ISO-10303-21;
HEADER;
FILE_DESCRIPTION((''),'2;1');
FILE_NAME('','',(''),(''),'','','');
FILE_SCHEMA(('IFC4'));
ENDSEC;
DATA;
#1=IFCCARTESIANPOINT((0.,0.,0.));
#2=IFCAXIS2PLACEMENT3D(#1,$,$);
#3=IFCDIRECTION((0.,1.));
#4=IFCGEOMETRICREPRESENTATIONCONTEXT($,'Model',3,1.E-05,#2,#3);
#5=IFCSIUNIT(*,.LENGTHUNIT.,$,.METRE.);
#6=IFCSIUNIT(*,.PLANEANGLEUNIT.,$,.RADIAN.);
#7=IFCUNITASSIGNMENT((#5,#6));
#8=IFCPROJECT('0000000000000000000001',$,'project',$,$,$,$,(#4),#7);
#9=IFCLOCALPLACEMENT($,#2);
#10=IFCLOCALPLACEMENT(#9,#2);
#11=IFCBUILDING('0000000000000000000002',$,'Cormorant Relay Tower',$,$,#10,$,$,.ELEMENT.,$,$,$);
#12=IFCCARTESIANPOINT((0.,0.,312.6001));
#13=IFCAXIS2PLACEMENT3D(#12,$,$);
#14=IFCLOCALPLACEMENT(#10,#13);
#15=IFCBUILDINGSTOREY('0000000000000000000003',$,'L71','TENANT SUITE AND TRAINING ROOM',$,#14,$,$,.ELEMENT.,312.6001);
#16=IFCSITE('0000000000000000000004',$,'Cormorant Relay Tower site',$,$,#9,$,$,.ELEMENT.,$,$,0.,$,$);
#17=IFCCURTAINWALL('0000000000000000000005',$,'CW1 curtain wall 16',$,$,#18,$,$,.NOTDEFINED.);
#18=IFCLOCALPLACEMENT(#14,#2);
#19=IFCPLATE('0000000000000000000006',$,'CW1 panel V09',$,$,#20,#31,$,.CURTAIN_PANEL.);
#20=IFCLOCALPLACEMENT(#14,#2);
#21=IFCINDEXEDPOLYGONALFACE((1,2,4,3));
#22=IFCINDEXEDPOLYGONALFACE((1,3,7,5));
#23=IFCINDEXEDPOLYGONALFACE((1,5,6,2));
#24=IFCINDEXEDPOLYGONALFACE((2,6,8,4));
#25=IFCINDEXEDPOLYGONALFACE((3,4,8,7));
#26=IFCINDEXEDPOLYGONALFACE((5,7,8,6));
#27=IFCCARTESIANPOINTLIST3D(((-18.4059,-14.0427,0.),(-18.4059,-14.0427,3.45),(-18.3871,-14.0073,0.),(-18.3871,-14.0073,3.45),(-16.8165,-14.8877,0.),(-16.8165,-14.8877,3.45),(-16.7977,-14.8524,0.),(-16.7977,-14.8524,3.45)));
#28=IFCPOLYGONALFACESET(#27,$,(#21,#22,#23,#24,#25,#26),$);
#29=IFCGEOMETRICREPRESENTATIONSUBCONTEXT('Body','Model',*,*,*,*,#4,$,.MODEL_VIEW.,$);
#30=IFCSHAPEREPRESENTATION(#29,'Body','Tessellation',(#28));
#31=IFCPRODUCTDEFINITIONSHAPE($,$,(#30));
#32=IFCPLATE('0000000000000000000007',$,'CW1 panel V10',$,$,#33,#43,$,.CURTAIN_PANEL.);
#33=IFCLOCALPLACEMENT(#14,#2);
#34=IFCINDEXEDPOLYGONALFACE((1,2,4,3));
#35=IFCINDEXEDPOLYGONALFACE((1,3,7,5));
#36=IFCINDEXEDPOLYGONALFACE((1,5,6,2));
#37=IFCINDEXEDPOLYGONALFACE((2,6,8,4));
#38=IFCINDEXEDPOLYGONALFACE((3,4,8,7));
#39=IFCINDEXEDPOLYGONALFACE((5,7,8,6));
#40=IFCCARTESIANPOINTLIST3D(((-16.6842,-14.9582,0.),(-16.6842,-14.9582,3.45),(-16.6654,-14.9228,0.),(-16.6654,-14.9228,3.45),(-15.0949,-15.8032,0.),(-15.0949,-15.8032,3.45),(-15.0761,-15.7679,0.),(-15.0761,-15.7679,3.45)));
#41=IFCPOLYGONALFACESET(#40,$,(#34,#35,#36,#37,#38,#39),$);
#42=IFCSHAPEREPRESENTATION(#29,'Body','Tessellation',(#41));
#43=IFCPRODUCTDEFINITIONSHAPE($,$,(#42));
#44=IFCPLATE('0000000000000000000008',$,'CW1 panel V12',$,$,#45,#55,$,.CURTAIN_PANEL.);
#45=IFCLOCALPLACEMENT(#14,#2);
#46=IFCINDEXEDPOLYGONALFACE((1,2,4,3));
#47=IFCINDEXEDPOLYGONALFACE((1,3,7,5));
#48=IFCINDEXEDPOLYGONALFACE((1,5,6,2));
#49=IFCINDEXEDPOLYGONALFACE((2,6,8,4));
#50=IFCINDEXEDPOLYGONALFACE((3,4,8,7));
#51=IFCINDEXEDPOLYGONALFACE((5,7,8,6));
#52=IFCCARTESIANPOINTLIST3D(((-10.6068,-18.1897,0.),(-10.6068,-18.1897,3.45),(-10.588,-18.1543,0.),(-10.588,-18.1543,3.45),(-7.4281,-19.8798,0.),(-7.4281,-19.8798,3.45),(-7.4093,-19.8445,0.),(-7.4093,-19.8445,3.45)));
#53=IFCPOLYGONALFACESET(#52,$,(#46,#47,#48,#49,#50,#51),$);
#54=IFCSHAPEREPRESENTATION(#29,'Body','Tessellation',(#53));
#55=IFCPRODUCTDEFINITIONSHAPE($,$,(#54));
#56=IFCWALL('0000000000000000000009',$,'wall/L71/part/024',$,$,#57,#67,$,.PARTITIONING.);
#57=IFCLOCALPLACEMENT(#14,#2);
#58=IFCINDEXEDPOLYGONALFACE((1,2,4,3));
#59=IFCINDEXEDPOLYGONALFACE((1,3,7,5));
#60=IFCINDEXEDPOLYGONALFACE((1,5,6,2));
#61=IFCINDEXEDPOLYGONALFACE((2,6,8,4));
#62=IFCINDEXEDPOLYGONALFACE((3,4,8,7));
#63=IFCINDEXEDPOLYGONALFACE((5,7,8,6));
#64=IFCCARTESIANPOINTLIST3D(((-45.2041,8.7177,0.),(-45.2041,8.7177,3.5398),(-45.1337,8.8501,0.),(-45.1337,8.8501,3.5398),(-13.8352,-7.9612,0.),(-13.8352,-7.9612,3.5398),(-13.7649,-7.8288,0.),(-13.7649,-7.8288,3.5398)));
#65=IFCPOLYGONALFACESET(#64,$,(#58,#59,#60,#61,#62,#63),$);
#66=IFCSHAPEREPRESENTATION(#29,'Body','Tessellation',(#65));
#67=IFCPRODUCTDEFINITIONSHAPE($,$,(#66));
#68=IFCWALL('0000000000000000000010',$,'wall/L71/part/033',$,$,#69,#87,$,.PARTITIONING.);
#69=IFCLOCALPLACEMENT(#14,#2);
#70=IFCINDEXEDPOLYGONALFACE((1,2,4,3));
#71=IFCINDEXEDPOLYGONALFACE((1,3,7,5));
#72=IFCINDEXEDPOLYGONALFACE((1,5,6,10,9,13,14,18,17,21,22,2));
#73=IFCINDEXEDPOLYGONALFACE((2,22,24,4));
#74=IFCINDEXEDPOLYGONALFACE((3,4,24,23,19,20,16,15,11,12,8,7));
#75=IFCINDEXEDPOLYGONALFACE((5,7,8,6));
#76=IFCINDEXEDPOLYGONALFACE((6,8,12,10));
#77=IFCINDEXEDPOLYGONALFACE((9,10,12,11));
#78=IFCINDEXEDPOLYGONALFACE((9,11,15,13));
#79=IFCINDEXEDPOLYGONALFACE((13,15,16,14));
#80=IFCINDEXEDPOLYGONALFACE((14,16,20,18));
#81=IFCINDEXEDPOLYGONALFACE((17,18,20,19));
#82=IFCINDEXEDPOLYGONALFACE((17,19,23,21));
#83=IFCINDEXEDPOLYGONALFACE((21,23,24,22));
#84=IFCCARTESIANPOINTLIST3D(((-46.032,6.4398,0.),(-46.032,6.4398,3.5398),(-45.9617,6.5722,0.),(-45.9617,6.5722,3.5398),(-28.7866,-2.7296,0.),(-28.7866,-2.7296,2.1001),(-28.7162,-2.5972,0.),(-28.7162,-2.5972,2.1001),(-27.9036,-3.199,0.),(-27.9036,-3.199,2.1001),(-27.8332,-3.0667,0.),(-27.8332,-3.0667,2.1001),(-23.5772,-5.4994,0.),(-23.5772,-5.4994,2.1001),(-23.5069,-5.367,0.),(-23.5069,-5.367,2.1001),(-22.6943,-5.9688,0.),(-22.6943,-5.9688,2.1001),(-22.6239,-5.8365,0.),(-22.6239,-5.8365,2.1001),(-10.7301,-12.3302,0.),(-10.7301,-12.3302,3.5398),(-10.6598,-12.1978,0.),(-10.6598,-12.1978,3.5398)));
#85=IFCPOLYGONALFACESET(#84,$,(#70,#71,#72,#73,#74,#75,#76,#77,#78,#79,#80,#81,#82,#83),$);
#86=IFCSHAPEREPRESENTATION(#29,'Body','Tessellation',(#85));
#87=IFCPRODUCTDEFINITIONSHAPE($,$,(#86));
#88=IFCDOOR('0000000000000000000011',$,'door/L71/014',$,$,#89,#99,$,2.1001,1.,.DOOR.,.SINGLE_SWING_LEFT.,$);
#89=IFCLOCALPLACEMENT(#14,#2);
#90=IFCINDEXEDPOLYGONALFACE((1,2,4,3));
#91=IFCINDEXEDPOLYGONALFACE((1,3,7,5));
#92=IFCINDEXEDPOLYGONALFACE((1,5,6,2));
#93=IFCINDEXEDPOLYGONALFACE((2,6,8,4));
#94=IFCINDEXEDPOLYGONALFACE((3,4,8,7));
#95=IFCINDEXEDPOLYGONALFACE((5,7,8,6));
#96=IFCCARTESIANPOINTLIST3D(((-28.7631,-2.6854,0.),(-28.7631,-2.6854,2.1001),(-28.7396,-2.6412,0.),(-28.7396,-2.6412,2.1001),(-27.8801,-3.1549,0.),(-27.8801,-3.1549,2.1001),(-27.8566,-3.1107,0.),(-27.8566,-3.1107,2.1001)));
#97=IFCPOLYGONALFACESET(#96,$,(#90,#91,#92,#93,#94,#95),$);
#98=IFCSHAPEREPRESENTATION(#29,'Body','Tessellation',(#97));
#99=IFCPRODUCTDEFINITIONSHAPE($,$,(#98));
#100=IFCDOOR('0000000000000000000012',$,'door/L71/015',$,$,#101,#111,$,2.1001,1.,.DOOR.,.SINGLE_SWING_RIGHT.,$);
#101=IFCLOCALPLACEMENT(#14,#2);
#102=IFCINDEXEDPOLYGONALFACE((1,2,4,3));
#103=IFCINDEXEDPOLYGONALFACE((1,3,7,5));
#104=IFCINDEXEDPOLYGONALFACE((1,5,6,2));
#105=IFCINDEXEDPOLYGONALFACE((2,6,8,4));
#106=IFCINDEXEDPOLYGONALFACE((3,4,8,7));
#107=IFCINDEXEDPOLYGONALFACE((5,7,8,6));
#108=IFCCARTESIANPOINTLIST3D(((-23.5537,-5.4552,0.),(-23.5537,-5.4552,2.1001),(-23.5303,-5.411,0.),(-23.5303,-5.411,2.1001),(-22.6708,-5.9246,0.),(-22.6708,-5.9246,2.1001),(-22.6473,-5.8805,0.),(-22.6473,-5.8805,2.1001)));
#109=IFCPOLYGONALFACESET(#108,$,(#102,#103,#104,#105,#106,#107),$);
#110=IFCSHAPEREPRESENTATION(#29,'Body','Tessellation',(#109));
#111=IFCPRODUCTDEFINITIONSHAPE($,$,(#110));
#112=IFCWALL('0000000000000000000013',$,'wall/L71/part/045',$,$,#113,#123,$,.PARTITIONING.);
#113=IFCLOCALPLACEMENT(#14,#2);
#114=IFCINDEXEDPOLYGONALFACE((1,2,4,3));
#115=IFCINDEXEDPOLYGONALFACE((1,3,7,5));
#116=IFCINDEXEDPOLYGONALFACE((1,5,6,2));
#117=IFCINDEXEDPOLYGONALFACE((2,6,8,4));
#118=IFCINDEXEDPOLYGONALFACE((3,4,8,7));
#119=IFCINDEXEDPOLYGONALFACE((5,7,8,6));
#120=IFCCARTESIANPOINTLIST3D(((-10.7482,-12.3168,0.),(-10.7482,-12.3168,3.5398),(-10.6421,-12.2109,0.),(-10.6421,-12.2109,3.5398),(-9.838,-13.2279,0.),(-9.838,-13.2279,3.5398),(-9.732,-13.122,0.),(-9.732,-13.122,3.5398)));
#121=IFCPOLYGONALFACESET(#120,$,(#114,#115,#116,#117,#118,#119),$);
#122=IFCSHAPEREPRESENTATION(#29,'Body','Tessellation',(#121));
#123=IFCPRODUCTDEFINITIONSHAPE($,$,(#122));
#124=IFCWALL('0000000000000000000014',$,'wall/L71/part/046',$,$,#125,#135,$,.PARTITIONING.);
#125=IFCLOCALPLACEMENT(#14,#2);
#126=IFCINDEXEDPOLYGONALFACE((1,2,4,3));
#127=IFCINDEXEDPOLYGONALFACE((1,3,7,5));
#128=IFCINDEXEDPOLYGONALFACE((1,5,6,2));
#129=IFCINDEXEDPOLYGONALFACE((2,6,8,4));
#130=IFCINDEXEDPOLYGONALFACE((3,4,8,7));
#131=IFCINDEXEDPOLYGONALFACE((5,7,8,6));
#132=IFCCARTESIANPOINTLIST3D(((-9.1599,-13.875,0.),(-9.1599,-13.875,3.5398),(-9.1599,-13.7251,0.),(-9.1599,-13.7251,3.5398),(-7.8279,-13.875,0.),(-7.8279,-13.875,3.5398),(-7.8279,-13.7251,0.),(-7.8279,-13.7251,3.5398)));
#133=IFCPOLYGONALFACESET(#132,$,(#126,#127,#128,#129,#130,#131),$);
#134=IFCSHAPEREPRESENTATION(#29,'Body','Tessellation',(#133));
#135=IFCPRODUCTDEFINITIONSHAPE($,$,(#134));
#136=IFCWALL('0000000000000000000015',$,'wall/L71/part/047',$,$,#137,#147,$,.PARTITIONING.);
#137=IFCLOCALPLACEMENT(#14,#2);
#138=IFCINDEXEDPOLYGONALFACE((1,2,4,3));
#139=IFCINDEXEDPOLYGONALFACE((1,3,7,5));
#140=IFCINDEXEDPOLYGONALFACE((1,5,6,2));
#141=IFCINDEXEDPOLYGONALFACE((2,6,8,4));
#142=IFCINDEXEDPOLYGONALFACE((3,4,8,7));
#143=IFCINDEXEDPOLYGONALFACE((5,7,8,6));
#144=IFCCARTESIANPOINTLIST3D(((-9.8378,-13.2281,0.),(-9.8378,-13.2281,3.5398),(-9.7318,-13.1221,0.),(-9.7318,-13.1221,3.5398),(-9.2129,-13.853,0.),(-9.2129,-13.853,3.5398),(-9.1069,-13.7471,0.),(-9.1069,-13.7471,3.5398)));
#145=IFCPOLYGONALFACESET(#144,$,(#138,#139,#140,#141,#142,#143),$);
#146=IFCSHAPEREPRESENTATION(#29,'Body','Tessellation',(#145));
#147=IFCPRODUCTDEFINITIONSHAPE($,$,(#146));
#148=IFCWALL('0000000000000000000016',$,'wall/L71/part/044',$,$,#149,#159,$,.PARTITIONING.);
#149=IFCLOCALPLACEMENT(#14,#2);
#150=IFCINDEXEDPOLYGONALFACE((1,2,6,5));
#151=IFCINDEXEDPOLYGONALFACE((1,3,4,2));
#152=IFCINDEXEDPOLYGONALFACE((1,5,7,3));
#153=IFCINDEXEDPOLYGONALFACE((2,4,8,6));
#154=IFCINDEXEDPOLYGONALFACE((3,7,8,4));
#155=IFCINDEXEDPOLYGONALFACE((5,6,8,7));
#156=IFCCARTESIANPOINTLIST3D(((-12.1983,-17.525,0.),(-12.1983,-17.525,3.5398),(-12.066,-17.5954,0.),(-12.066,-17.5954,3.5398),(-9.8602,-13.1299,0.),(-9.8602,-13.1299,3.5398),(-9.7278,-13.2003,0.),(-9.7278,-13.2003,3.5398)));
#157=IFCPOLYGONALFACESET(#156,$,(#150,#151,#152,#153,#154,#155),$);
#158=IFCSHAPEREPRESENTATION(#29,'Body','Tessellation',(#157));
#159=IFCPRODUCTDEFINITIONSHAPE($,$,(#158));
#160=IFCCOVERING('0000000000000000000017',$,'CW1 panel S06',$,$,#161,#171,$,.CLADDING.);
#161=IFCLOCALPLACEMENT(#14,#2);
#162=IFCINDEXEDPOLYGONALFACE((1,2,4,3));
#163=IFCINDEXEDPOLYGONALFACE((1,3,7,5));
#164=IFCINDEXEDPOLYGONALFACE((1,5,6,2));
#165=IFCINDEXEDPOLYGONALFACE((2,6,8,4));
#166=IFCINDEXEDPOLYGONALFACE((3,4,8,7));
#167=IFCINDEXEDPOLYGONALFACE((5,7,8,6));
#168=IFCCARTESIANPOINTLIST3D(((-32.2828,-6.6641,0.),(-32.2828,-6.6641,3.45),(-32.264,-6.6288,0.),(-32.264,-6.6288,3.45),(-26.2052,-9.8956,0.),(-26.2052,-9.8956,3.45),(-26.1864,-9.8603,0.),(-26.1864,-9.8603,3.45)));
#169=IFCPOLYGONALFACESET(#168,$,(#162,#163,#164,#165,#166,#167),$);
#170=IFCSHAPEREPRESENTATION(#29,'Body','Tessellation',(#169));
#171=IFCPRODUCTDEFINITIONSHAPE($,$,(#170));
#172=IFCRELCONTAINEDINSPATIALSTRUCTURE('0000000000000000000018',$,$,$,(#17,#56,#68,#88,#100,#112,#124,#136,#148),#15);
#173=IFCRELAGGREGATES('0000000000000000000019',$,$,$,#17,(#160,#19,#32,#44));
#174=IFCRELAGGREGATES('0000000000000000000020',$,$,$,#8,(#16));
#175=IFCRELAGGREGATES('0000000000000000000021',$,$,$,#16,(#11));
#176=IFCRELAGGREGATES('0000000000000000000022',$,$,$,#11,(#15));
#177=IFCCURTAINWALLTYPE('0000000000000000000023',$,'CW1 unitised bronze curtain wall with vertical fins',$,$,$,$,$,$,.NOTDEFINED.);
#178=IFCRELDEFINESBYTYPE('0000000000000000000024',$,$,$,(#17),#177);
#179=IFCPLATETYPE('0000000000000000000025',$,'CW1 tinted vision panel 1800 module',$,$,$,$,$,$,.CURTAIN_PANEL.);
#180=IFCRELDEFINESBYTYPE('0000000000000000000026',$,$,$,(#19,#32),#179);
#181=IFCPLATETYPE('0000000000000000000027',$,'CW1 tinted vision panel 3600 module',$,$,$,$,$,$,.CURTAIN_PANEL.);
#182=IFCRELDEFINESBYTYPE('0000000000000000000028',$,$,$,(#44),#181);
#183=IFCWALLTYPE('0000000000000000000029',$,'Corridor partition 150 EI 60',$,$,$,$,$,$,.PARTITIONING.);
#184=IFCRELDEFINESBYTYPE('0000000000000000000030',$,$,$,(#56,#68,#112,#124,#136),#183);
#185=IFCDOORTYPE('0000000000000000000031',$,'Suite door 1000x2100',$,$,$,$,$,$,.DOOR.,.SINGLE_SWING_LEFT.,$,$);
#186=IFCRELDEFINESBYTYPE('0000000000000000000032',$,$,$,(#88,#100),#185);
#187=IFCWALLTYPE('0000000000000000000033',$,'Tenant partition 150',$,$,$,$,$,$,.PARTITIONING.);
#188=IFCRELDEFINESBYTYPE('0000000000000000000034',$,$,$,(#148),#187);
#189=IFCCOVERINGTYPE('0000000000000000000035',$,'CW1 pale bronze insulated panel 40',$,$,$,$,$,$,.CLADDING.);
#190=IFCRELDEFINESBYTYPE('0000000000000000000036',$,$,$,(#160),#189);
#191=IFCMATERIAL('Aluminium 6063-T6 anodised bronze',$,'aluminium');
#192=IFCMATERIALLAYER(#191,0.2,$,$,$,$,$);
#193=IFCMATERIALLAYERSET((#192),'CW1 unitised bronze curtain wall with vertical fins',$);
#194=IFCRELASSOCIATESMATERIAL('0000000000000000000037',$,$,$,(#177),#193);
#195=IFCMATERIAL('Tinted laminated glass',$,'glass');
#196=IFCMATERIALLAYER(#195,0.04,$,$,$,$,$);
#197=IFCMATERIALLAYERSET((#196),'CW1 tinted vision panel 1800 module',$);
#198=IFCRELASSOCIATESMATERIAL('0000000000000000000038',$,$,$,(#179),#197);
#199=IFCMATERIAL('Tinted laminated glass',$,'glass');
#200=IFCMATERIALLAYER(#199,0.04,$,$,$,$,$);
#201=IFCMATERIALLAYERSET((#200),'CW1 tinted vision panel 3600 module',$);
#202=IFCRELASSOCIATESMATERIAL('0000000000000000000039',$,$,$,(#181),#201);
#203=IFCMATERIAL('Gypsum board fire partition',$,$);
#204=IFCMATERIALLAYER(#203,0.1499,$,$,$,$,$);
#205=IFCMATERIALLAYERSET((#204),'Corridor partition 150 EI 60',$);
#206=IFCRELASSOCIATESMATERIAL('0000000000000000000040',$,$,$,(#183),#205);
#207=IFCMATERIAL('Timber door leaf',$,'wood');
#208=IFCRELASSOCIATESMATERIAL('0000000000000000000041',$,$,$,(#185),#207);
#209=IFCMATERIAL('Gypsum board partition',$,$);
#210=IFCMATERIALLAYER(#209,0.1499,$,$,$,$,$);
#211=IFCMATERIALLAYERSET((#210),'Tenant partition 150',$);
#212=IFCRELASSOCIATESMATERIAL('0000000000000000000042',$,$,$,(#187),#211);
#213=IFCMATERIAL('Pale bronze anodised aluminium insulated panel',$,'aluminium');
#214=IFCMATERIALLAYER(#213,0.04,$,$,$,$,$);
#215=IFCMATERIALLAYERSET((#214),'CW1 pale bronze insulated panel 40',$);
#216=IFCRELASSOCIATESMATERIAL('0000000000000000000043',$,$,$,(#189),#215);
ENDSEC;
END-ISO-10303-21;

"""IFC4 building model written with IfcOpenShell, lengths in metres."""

from ifc_helpers import new_model, si_unit, direction, frame, frame_2d, origin, origin_2d, place, context, subcontext, project, spatial, rectangle, extrude, material, layer, layer_set, type_object, element, fill, aggregate, save


model = new_model("IFC4")

# Units and contexts
model_context = context("Model", 3, precision=1e-05, world=origin(), true_north=direction((0.0, 1.0)))
body_context = subcontext(model_context, "Body", "Model", "MODEL_VIEW")
ifc_project = project(units=[si_unit("LENGTHUNIT", "METRE"), si_unit("PLANEANGLEUNIT", "RADIAN")], contexts=[model_context])

# Site, building, storey
site_placement = place(None, origin())
site = spatial("IfcSite", under=ifc_project, at=site_placement, Name="Cormorant Relay Tower site", CompositionType="ELEMENT", RefElevation=0.0)
building_placement = place(site_placement, origin())
building = spatial("IfcBuilding", under=site, at=building_placement, Name="Cormorant Relay Tower", CompositionType="ELEMENT")
storey_placement = place(building_placement, frame((0.0, 0.0, 312.6001)))
storey = spatial("IfcBuildingStorey", under=building, at=storey_placement, Name="L71", Description="TENANT SUITE AND TRAINING ROOM", CompositionType="ELEMENT", Elevation=312.6001)

# Curtain wall
ifc_material_1 = material(Name="Aluminium 6063-T6 anodised bronze", Category="aluminium")
ifc_layer_1 = layer(ifc_material_1, 0.2)
ifc_layer_set_1 = layer_set([ifc_layer_1], Name="CW1 unitised bronze curtain wall with vertical fins")
curtain_wall_type = type_object("IfcCurtainWallType", Name="CW1 unitised bronze curtain wall with vertical fins", PredefinedType="NOTDEFINED", material=ifc_layer_set_1)
curtain_wall_placement = place(storey_placement, origin())
curtain_wall = element("IfcCurtainWall", 1, at=curtain_wall_placement, inside=storey, type_object=curtain_wall_type, Name="CW1 curtain wall 16", PredefinedType="NOTDEFINED")

# Plates
ifc_material_2 = material(Name="Tinted laminated glass", Category="glass")
ifc_layer_2 = layer(ifc_material_2, 0.04)
ifc_layer_set_2 = layer_set([ifc_layer_2], Name="CW1 tinted vision panel 1800 module")
plate_type_1 = type_object("IfcPlateType", Name="CW1 tinted vision panel 1800 module", PredefinedType="CURTAIN_PANEL", material=ifc_layer_set_2)
plate_1_placement = place(storey_placement, frame((-17.6018, -14.4475, 0.0), z_axis=(0.0, 0.0, 1.0), x_axis=(0.882948, -0.469472, 0.0)))
plate_1 = element("IfcPlate", 2, at=plate_1_placement, type_object=plate_type_1, Name="CW1 panel V09", PredefinedType="CURTAIN_PANEL", context=body_context, shape_type="SweptSolid", body=[
    extrude(rectangle(XDim=1.8, YDim=0.04, at=origin_2d()), origin(), (0.0, 0.0, 1.0), 3.45),
])
plate_2_placement = place(storey_placement, frame((-15.8801, -15.363, 0.0), z_axis=(0.0, 0.0, 1.0), x_axis=(0.882948, -0.469472, 0.0)))
plate_2 = element("IfcPlate", 3, at=plate_2_placement, type_object=plate_type_1, Name="CW1 panel V10", PredefinedType="CURTAIN_PANEL", context=body_context, shape_type="SweptSolid", body=[
    extrude(rectangle(XDim=1.8, YDim=0.04, at=origin_2d()), origin(), (0.0, 0.0, 1.0), 3.45),
])
ifc_material_3 = material(Name="Tinted laminated glass", Category="glass")
ifc_layer_3 = layer(ifc_material_3, 0.04)
ifc_layer_set_3 = layer_set([ifc_layer_3], Name="CW1 tinted vision panel 3600 module")
plate_type_2 = type_object("IfcPlateType", Name="CW1 tinted vision panel 3600 module", PredefinedType="CURTAIN_PANEL", material=ifc_layer_set_3)
plate_3_placement = place(storey_placement, frame((-9.0081, -19.0171, 0.0), z_axis=(0.0, 0.0, 1.0), x_axis=(0.882948, -0.469472, 0.0)))
plate_3 = element("IfcPlate", 4, at=plate_3_placement, type_object=plate_type_2, Name="CW1 panel V12", PredefinedType="CURTAIN_PANEL", context=body_context, shape_type="SweptSolid", body=[
    extrude(rectangle(XDim=3.6001, YDim=0.04, at=origin_2d()), origin(), (0.0, 0.0, 1.0), 3.45),
])

# Wall
ifc_material_4 = material(Name="Gypsum board fire partition")
ifc_layer_4 = layer(ifc_material_4, 0.1499)
ifc_layer_set_4 = layer_set([ifc_layer_4], Name="Corridor partition 150 EI 60")
wall_type_1 = type_object("IfcWallType", Name="Corridor partition 150 EI 60", PredefinedType="PARTITIONING", material=ifc_layer_set_4)
wall_1_placement = place(storey_placement, frame((-13.8, -7.895, 0.0), z_axis=(0.0, 0.0, 1.0), x_axis=(-0.88295, 0.469468, 0.0)))
element("IfcWall", 5, at=wall_1_placement, inside=storey, type_object=wall_type_1, Name="wall/L71/part/024", PredefinedType="PARTITIONING", context=body_context, shape_type="SweptSolid", body=[
    extrude(rectangle(XDim=35.5273, YDim=0.1499, at=frame_2d((17.7637, 0.0))), origin(), (0.0, 0.0, 1.0), 3.5398),
])

# Wall, openings, doors
wall_2_placement = place(storey_placement, frame((-10.6951, -12.2639, 0.0), z_axis=(0.0, 0.0, 1.0), x_axis=(-0.882952, 0.469464, 0.0)))
wall_2 = element("IfcWall", 6, at=wall_2_placement, inside=storey, type_object=wall_type_1, Name="wall/L71/part/033", PredefinedType="PARTITIONING", context=body_context, shape_type="SweptSolid", body=[
    extrude(rectangle(XDim=39.9817, YDim=0.1499, at=frame_2d((19.9907, 0.0))), origin(), (0.0, 0.0, 1.0), 3.5398),
])
opening_1_placement = place(wall_2_placement, frame((19.45, 0.0, 0.0)))
opening_1 = element("IfcOpeningElement", 7, at=opening_1_placement, cuts=wall_2, PredefinedType="OPENING", context=body_context, shape_type="SweptSolid", body=[
    extrude(rectangle(XDim=1.0, YDim=2.1001, at=frame_2d((0.5, 1.05))), frame((0.0, 0.085, 0.0), z_axis=(0.0, -1.0, 0.0), x_axis=(1.0, 0.0, 0.0)), (0.0, 0.0, 1.0), 0.1699),
])
opening_2_placement = place(wall_2_placement, frame((13.55, 0.0, 0.0)))
opening_2 = element("IfcOpeningElement", 8, at=opening_2_placement, cuts=wall_2, PredefinedType="OPENING", context=body_context, shape_type="SweptSolid", body=[
    extrude(rectangle(XDim=1.0, YDim=2.1001, at=frame_2d((0.5, 1.05))), frame((0.0, 0.085, 0.0), z_axis=(0.0, -1.0, 0.0), x_axis=(1.0, 0.0, 0.0)), (0.0, 0.0, 1.0), 0.1699),
])
ifc_material_5 = material(Name="Timber door leaf", Category="wood")
door_type = type_object("IfcDoorType", Name="Suite door 1000x2100", OperationType="SINGLE_SWING_LEFT", PredefinedType="DOOR", material=ifc_material_5)
door_1_placement = place(opening_1_placement, origin())
door_1 = element("IfcDoor", 9, at=door_1_placement, inside=storey, type_object=door_type, Name="door/L71/014", OperationType="SINGLE_SWING_LEFT", OverallHeight=2.1001, OverallWidth=1.0, PredefinedType="DOOR", context=body_context, shape_type="SweptSolid", body=[
    extrude(rectangle(XDim=1.0, YDim=2.1001, at=frame_2d((0.5, 1.05))), frame((0.0, 0.0249, 0.0), z_axis=(0.0, -1.0, 0.0), x_axis=(1.0, 0.0, 0.0)), (0.0, 0.0, 1.0), 0.05),
])
fill(opening_1, door_1)
door_2_placement = place(opening_2_placement, origin())
door_2 = element("IfcDoor", 10, at=door_2_placement, inside=storey, type_object=door_type, Name="door/L71/015", OperationType="SINGLE_SWING_RIGHT", OverallHeight=2.1001, OverallWidth=1.0, PredefinedType="DOOR", context=body_context, shape_type="SweptSolid", body=[
    extrude(rectangle(XDim=1.0, YDim=2.1001, at=frame_2d((0.5, 1.05))), frame((0.0, 0.0249, 0.0), z_axis=(0.0, -1.0, 0.0), x_axis=(1.0, 0.0, 0.0)), (0.0, 0.0, 1.0), 0.05),
])
fill(opening_2, door_2)

# Walls
wall_3_placement = place(storey_placement, frame((-9.7849, -13.175, 0.0), z_axis=(0.0, 0.0, 1.0), x_axis=(-0.706728, 0.707486, 0.0)))
element("IfcWall", 11, at=wall_3_placement, inside=storey, type_object=wall_type_1, Name="wall/L71/part/045", PredefinedType="PARTITIONING", context=body_context, shape_type="SweptSolid", body=[
    extrude(rectangle(XDim=1.2878, YDim=0.1499, at=frame_2d((0.644, 0.0))), origin(), (0.0, 0.0, 1.0), 3.5398),
])
wall_4_placement = place(storey_placement, frame((-7.8279, -13.8, 0.0), z_axis=(0.0, 0.0, 1.0), x_axis=(-1.0, 0.0, 0.0)))
element("IfcWall", 12, at=wall_4_placement, inside=storey, type_object=wall_type_1, Name="wall/L71/part/046", PredefinedType="PARTITIONING", context=body_context, shape_type="SweptSolid", body=[
    extrude(rectangle(XDim=1.332, YDim=0.1499, at=frame_2d((0.666, 0.0))), origin(), (0.0, 0.0, 1.0), 3.5398),
])
wall_5_placement = place(storey_placement, frame((-9.1599, -13.8, 0.0), z_axis=(0.0, 0.0, 1.0), x_axis=(-0.707107, 0.707107, 0.0)))
element("IfcWall", 13, at=wall_5_placement, inside=storey, type_object=wall_type_1, Name="wall/L71/part/047", PredefinedType="PARTITIONING", context=body_context, shape_type="SweptSolid", body=[
    extrude(rectangle(XDim=0.8838, YDim=0.1499, at=frame_2d((0.4419, 0.0))), origin(), (0.0, 0.0, 1.0), 3.5398),
])
ifc_material_6 = material(Name="Gypsum board partition")
ifc_layer_5 = layer(ifc_material_6, 0.1499)
ifc_layer_set_5 = layer_set([ifc_layer_5], Name="Tenant partition 150")
wall_type_2 = type_object("IfcWallType", Name="Tenant partition 150", PredefinedType="PARTITIONING", material=ifc_layer_set_5)
wall_6_placement = place(storey_placement, frame((-9.7939, -13.165, 0.0), z_axis=(0.0, 0.0, 1.0), x_axis=(-0.469669, -0.882843, 0.0)))
element("IfcWall", 14, at=wall_6_placement, inside=storey, type_object=wall_type_2, Name="wall/L71/part/044", PredefinedType="PARTITIONING", context=body_context, shape_type="SweptSolid", body=[
    extrude(rectangle(XDim=4.9783, YDim=0.1499, at=frame_2d((2.4893, 0.0))), origin(), (0.0, 0.0, 1.0), 3.5398),
])

# Covering
ifc_material_7 = material(Name="Pale bronze anodised aluminium insulated panel", Category="aluminium")
ifc_layer_6 = layer(ifc_material_7, 0.04)
ifc_layer_set_6 = layer_set([ifc_layer_6], Name="CW1 pale bronze insulated panel 40")
covering_type = type_object("IfcCoveringType", Name="CW1 pale bronze insulated panel 40", PredefinedType="CLADDING", material=ifc_layer_set_6)
covering_1_placement = place(storey_placement, frame((-29.2346, -8.2622, 0.0), z_axis=(0.0, 0.0, 1.0), x_axis=(0.882948, -0.469472, 0.0)))
covering_1 = element("IfcCovering", 15, at=covering_1_placement, type_object=covering_type, Name="CW1 panel S06", PredefinedType="CLADDING", context=body_context, shape_type="SweptSolid", body=[
    extrude(rectangle(XDim=6.8833, YDim=0.04, at=origin_2d()), origin(), (0.0, 0.0, 1.0), 3.45),
])
aggregate(curtain_wall, [covering_1, plate_1, plate_2, plate_3])

save(model, "model.ifc")
